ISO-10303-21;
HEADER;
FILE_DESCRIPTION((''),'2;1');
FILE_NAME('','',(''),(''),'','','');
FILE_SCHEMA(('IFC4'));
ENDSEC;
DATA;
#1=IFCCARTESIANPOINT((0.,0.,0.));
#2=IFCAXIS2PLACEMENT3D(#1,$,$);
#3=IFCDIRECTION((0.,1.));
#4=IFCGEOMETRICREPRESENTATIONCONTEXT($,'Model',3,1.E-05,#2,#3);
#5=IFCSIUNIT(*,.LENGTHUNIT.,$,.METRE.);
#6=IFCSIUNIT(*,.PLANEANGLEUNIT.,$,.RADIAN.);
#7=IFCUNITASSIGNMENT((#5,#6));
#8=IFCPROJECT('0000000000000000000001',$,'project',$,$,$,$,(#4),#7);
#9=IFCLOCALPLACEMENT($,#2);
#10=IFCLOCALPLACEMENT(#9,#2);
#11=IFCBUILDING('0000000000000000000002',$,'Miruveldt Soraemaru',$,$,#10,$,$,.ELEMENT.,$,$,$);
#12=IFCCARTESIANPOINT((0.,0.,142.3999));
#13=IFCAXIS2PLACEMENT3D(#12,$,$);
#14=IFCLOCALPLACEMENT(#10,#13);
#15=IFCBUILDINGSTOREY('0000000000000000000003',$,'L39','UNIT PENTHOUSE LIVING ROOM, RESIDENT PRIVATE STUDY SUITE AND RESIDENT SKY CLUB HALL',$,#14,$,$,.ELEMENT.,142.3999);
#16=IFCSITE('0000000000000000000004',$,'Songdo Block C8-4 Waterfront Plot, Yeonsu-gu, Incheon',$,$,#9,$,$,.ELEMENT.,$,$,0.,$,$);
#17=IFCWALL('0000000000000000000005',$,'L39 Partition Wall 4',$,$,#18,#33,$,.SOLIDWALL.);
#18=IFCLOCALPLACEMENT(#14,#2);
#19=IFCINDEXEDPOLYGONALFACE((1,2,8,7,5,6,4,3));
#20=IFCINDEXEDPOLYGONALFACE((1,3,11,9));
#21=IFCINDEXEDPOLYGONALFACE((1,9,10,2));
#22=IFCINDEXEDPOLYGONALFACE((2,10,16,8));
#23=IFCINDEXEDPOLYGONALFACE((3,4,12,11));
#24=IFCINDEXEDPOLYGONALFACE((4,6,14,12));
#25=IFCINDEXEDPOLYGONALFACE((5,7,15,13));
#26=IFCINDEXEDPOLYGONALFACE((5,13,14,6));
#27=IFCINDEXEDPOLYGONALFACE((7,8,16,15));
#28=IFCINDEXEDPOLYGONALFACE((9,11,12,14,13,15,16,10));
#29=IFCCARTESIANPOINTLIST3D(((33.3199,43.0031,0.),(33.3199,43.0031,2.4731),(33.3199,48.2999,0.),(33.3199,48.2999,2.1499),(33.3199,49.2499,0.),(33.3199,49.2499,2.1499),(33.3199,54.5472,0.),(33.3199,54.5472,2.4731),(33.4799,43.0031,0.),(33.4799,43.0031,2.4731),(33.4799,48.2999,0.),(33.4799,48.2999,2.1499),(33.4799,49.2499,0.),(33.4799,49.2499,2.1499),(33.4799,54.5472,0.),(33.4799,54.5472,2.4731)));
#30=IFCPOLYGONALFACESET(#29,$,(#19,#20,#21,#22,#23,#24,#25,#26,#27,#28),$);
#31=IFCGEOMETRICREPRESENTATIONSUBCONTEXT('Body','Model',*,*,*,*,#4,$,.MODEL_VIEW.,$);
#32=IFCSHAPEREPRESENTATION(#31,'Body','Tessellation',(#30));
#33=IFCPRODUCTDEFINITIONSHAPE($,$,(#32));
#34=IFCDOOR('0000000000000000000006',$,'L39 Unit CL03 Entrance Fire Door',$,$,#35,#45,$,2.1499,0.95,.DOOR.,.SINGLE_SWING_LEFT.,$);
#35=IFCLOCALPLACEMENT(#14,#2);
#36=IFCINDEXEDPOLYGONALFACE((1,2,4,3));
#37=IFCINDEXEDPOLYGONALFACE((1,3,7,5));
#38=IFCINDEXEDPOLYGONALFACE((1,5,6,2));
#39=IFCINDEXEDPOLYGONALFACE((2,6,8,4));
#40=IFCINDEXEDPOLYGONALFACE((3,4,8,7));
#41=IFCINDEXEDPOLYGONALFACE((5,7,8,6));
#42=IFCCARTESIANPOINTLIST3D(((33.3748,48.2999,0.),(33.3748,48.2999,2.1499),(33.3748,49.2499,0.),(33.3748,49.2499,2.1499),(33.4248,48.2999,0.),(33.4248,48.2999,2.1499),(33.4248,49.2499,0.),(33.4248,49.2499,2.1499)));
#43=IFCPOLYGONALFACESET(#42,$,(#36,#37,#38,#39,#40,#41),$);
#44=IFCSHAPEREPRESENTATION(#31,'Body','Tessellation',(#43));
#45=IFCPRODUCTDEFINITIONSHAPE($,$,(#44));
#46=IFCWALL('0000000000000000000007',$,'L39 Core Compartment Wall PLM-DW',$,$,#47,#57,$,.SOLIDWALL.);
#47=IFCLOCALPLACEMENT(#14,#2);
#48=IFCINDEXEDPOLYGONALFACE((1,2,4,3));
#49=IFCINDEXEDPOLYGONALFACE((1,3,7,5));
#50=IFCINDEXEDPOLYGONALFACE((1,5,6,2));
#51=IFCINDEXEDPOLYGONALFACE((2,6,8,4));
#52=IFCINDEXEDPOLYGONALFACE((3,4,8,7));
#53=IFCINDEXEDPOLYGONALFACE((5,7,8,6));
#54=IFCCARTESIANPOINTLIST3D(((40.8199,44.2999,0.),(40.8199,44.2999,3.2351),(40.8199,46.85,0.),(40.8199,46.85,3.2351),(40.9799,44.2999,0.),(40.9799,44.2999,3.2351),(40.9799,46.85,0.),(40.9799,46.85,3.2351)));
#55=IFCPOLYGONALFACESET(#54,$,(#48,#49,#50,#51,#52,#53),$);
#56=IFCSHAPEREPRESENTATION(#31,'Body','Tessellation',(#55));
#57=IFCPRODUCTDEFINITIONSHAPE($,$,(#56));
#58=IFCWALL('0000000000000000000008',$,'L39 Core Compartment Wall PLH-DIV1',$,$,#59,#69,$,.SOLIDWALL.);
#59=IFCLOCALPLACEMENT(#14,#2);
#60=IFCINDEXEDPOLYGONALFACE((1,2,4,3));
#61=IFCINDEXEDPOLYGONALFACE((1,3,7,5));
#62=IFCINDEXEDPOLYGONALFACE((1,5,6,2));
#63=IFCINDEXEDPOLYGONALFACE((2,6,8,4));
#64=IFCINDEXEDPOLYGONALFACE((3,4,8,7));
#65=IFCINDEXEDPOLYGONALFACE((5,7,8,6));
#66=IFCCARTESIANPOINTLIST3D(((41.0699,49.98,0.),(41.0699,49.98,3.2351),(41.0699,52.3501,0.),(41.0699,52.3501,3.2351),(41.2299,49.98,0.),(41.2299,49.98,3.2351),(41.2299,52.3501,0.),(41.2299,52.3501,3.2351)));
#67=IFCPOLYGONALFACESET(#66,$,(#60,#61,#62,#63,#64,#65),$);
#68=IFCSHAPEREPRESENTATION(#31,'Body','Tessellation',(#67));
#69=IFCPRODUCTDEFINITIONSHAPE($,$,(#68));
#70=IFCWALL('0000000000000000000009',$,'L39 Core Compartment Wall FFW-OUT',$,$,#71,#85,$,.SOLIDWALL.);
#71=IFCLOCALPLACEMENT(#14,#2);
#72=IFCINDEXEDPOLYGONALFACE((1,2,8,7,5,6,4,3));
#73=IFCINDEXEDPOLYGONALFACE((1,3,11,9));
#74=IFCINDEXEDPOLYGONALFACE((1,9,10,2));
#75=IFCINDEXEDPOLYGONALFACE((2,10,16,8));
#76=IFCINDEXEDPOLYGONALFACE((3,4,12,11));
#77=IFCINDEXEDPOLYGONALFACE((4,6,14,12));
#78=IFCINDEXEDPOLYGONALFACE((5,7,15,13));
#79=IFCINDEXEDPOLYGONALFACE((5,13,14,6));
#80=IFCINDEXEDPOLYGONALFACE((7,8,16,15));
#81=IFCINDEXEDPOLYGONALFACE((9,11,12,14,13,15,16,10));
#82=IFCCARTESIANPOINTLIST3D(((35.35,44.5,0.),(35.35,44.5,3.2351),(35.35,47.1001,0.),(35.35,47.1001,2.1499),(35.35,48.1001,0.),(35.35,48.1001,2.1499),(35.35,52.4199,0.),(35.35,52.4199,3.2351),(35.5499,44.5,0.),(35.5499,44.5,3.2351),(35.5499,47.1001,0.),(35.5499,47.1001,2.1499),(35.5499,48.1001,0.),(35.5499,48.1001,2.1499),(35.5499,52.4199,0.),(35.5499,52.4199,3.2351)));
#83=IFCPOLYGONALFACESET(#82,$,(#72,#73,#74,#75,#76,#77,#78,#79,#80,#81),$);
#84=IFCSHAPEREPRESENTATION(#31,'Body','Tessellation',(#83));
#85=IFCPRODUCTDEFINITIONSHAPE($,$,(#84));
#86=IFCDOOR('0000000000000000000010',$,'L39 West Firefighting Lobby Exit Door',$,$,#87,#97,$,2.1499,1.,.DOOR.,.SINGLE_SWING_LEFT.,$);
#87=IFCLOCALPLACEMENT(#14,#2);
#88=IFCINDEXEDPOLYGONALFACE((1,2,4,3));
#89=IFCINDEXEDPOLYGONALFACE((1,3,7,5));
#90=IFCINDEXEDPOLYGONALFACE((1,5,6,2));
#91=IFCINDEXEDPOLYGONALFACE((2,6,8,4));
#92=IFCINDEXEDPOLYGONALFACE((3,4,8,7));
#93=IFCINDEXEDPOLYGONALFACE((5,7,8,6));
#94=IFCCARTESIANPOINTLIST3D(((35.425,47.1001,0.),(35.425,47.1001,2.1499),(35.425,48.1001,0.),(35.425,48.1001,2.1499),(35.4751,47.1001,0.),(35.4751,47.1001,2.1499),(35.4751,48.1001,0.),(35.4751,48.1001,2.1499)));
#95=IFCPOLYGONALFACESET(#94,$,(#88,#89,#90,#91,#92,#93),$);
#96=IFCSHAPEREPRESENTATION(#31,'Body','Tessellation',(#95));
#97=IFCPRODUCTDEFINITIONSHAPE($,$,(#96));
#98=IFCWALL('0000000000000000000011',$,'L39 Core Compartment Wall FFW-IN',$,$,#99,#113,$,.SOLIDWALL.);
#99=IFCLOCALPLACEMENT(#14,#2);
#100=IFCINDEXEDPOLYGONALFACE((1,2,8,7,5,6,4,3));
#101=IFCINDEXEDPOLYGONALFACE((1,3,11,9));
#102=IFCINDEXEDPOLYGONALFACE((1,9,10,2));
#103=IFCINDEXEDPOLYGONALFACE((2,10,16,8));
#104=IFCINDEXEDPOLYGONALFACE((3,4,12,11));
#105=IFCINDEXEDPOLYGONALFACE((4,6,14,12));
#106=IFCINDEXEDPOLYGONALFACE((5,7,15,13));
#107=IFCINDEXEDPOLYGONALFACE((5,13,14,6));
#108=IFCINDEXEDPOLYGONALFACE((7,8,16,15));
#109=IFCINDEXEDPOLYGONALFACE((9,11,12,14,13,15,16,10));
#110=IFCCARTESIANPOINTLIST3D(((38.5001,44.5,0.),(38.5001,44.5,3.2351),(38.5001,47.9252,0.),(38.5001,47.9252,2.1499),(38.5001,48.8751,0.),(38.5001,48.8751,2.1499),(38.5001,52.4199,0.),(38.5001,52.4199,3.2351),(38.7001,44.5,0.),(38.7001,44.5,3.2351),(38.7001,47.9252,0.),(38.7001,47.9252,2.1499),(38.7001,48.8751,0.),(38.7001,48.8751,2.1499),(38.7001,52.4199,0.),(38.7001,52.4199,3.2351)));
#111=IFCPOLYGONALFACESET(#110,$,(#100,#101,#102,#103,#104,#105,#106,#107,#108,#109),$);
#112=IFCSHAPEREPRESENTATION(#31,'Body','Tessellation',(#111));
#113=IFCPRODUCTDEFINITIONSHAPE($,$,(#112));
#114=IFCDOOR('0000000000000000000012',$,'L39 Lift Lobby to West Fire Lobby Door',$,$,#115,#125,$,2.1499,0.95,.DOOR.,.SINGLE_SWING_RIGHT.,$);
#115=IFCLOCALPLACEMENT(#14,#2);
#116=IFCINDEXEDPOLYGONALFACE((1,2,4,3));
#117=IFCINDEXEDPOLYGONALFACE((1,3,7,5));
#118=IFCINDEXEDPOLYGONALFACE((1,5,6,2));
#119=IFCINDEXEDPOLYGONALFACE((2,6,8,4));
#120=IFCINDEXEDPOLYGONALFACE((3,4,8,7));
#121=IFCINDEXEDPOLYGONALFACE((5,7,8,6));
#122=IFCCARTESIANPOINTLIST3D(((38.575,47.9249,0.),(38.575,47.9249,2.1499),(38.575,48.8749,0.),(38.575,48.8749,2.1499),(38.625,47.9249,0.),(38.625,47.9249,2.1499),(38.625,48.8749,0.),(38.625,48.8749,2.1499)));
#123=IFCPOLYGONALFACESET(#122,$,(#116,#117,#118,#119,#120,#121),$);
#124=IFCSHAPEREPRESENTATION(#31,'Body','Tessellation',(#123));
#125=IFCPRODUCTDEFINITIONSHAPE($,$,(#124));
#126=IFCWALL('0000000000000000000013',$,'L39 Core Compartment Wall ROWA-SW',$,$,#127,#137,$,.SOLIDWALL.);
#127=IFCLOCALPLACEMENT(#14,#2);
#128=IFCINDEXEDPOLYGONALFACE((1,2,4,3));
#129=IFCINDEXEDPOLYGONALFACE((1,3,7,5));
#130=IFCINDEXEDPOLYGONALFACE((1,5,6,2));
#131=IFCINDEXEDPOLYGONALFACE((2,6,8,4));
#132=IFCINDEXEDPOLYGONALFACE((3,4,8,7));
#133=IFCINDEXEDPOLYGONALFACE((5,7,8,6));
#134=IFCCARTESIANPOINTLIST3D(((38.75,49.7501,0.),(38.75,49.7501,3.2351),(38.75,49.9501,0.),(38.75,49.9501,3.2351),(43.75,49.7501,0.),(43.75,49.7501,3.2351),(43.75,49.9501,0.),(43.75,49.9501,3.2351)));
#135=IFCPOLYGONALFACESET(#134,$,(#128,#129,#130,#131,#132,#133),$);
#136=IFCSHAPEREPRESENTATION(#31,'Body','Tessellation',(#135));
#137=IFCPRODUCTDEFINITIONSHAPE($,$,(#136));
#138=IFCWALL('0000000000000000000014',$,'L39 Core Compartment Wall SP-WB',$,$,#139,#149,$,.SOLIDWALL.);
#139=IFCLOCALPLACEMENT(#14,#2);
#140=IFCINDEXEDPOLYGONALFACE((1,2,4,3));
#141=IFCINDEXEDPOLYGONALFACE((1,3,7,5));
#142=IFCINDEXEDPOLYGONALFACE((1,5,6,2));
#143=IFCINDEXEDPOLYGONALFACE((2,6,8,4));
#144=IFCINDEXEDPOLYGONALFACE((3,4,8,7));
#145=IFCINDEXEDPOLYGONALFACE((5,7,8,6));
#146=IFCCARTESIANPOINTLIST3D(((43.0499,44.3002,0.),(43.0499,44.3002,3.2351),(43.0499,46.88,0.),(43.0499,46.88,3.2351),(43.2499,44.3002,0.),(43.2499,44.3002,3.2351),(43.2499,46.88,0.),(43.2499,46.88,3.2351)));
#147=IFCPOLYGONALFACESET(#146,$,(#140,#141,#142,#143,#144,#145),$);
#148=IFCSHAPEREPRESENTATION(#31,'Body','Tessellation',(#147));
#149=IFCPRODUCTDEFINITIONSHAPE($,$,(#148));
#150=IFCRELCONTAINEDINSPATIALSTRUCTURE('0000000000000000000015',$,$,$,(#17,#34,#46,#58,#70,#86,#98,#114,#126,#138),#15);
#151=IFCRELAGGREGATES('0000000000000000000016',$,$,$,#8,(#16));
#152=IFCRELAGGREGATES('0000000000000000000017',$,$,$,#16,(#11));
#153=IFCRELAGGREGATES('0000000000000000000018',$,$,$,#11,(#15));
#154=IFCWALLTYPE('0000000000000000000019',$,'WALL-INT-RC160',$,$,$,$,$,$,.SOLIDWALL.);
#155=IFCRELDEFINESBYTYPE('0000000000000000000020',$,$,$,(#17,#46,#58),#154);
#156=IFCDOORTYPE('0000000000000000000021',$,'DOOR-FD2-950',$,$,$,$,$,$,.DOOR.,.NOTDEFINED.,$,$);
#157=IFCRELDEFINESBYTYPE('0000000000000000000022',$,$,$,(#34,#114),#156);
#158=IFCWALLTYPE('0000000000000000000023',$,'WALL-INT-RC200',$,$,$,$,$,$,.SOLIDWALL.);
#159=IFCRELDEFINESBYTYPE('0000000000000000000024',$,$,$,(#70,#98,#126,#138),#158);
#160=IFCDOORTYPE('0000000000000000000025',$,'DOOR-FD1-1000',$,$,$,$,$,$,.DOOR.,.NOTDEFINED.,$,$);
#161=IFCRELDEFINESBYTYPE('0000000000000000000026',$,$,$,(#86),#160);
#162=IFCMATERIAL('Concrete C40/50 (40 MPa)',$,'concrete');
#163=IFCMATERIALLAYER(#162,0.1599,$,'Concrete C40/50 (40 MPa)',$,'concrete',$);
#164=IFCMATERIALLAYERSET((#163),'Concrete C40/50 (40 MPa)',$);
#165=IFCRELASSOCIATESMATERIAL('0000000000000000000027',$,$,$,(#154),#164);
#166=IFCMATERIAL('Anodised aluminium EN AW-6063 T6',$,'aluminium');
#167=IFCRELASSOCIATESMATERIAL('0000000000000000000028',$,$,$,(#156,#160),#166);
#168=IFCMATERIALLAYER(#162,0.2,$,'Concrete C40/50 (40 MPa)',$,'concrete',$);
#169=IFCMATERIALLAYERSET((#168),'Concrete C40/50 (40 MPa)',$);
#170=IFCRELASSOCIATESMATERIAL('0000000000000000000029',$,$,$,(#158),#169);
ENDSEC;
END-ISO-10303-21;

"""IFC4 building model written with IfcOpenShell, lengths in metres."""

from ifc_helpers import new_model, si_unit, direction, frame, frame_2d, origin, place, context, subcontext, project, spatial, rectangle, extrude, material, layer, layer_set, type_object, element, fill, save


model = new_model("IFC4")

# Units and contexts
model_context = context("Model", 3, precision=1e-05, world=origin(), true_north=direction((0.0, 1.0)))
body_context = subcontext(model_context, "Body", "Model", "MODEL_VIEW")
ifc_project = project(units=[si_unit("LENGTHUNIT", "METRE"), si_unit("PLANEANGLEUNIT", "RADIAN")], contexts=[model_context])

# Site, building, storey
site_placement = place(None, origin())
site = spatial("IfcSite", under=ifc_project, at=site_placement, Name="Songdo Block C8-4 Waterfront Plot, Yeonsu-gu, Incheon", CompositionType="ELEMENT", RefElevation=0.0)
building_placement = place(site_placement, origin())
building = spatial("IfcBuilding", under=site, at=building_placement, Name="Miruveldt Soraemaru", CompositionType="ELEMENT")
storey_placement = place(building_placement, frame((0.0, 0.0, 142.3999)))
storey = spatial("IfcBuildingStorey", under=building, at=storey_placement, Name="L39", Description="UNIT PENTHOUSE LIVING ROOM, RESIDENT PRIVATE STUDY SUITE AND RESIDENT SKY CLUB HALL", CompositionType="ELEMENT", Elevation=142.3999)

# Shared definitions
ifc_material_1 = material(Name="Anodised aluminium EN AW-6063 T6", Category="aluminium")

# Wall, opening, door
ifc_material_2 = material(Name="Concrete C40/50 (40 MPa)", Category="concrete")
ifc_layer_1 = layer(ifc_material_2, 0.1599, Name="Concrete C40/50 (40 MPa)", Category="concrete")
ifc_layer_set_1 = layer_set([ifc_layer_1], Name="Concrete C40/50 (40 MPa)")
wall_type_1 = type_object("IfcWallType", Name="WALL-INT-RC160", PredefinedType="SOLIDWALL", material=ifc_layer_set_1)
wall_1_placement = place(storey_placement, frame((33.3999, 54.5471, 0.0), z_axis=(0.0, 0.0, 1.0), x_axis=(0.0, -1.0, 0.0)))
wall_1 = element("IfcWall", 1, at=wall_1_placement, inside=storey, type_object=wall_type_1, Name="L39 Partition Wall 4", PredefinedType="SOLIDWALL", context=body_context, shape_type="SweptSolid", body=[
    extrude(rectangle(XDim=11.5442, YDim=0.1599, at=frame_2d((5.772, 0.0))), origin(), (0.0, 0.0, 1.0), 2.4731),
])
opening_1_placement = place(wall_1_placement, frame((5.2971, 0.0, 0.0)))
opening_1 = element("IfcOpeningElement", 2, at=opening_1_placement, cuts=wall_1, PredefinedType="OPENING", context=body_context, shape_type="SweptSolid", body=[
    extrude(rectangle(XDim=0.95, YDim=2.1499, at=frame_2d((0.4751, 1.075))), frame((0.0, 0.0898, 0.0), z_axis=(0.0, -1.0, 0.0), x_axis=(1.0, 0.0, 0.0)), (0.0, 0.0, 1.0), 0.1799),
])
door_type_1 = type_object("IfcDoorType", Name="DOOR-FD2-950", OperationType="NOTDEFINED", PredefinedType="DOOR", material=ifc_material_1)
door_1_placement = place(opening_1_placement, origin())
door_1 = element("IfcDoor", 3, at=door_1_placement, inside=storey, type_object=door_type_1, Name="L39 Unit CL03 Entrance Fire Door", OperationType="SINGLE_SWING_LEFT", OverallHeight=2.1499, OverallWidth=0.95, PredefinedType="DOOR", context=body_context, shape_type="SweptSolid", body=[
    extrude(rectangle(XDim=0.95, YDim=2.1499, at=frame_2d((0.4751, 1.075))), frame((0.0, 0.0249, 0.0), z_axis=(0.0, -1.0, 0.0), x_axis=(1.0, 0.0, 0.0)), (0.0, 0.0, 1.0), 0.05),
])
fill(opening_1, door_1)

# Walls
wall_2_placement = place(storey_placement, frame((40.8999, 44.3, 0.0), z_axis=(0.0, 0.0, 1.0), x_axis=(0.0, 1.0, 0.0)))
element("IfcWall", 4, at=wall_2_placement, inside=storey, type_object=wall_type_1, Name="L39 Core Compartment Wall PLM-DW", PredefinedType="SOLIDWALL", context=body_context, shape_type="SweptSolid", body=[
    extrude(rectangle(XDim=2.55, YDim=0.1599, at=frame_2d((1.2749, 0.0))), origin(), (0.0, 0.0, 1.0), 3.2351),
])
wall_3_placement = place(storey_placement, frame((41.1499, 49.98, 0.0), z_axis=(0.0, 0.0, 1.0), x_axis=(0.0, 1.0, 0.0)))
element("IfcWall", 5, at=wall_3_placement, inside=storey, type_object=wall_type_1, Name="L39 Core Compartment Wall PLH-DIV1", PredefinedType="SOLIDWALL", context=body_context, shape_type="SweptSolid", body=[
    extrude(rectangle(XDim=2.3701, YDim=0.1599, at=frame_2d((1.1851, 0.0))), origin(), (0.0, 0.0, 1.0), 3.2351),
])

# Walls, openings, doors
ifc_layer_2 = layer(ifc_material_2, 0.2, Name="Concrete C40/50 (40 MPa)", Category="concrete")
ifc_layer_set_2 = layer_set([ifc_layer_2], Name="Concrete C40/50 (40 MPa)")
wall_type_2 = type_object("IfcWallType", Name="WALL-INT-RC200", PredefinedType="SOLIDWALL", material=ifc_layer_set_2)
wall_4_placement = place(storey_placement, frame((35.45, 44.5, 0.0), z_axis=(0.0, 0.0, 1.0), x_axis=(0.0, 1.0, 0.0)))
wall_4 = element("IfcWall", 6, at=wall_4_placement, inside=storey, type_object=wall_type_2, Name="L39 Core Compartment Wall FFW-OUT", PredefinedType="SOLIDWALL", context=body_context, shape_type="SweptSolid", body=[
    extrude(rectangle(XDim=7.9199, YDim=0.2, at=frame_2d((3.96, 0.0))), origin(), (0.0, 0.0, 1.0), 3.2351),
])
opening_2_placement = place(wall_4_placement, frame((2.6001, 0.0, 0.0)))
opening_2 = element("IfcOpeningElement", 7, at=opening_2_placement, cuts=wall_4, PredefinedType="OPENING", context=body_context, shape_type="SweptSolid", body=[
    extrude(rectangle(XDim=1.0, YDim=2.1499, at=frame_2d((0.5, 1.075))), frame((0.0, 0.1099, 0.0), z_axis=(0.0, -1.0, 0.0), x_axis=(1.0, 0.0, 0.0)), (0.0, 0.0, 1.0), 0.22),
])
door_type_2 = type_object("IfcDoorType", Name="DOOR-FD1-1000", OperationType="NOTDEFINED", PredefinedType="DOOR", material=ifc_material_1)
door_2_placement = place(opening_2_placement, origin())
door_2 = element("IfcDoor", 8, at=door_2_placement, inside=storey, type_object=door_type_2, Name="L39 West Firefighting Lobby Exit Door", OperationType="SINGLE_SWING_LEFT", OverallHeight=2.1499, OverallWidth=1.0, PredefinedType="DOOR", context=body_context, shape_type="SweptSolid", body=[
    extrude(rectangle(XDim=1.0, YDim=2.1499, at=frame_2d((0.5, 1.075))), frame((0.0, 0.0249, 0.0), z_axis=(0.0, -1.0, 0.0), x_axis=(1.0, 0.0, 0.0)), (0.0, 0.0, 1.0), 0.05),
])
fill(opening_2, door_2)
wall_5_placement = place(storey_placement, frame((38.6001, 44.5, 0.0), z_axis=(0.0, 0.0, 1.0), x_axis=(0.0, 1.0, 0.0)))
wall_5 = element("IfcWall", 9, at=wall_5_placement, inside=storey, type_object=wall_type_2, Name="L39 Core Compartment Wall FFW-IN", PredefinedType="SOLIDWALL", context=body_context, shape_type="SweptSolid", body=[
    extrude(rectangle(XDim=7.9199, YDim=0.2, at=frame_2d((3.96, 0.0))), origin(), (0.0, 0.0, 1.0), 3.2351),
])
opening_3_placement = place(wall_5_placement, frame((3.425, 0.0, 0.0)))
opening_3 = element("IfcOpeningElement", 10, at=opening_3_placement, cuts=wall_5, PredefinedType="OPENING", context=body_context, shape_type="SweptSolid", body=[
    extrude(rectangle(XDim=0.95, YDim=2.1499, at=frame_2d((0.4751, 1.075))), frame((0.0, 0.1099, 0.0), z_axis=(0.0, -1.0, 0.0), x_axis=(1.0, 0.0, 0.0)), (0.0, 0.0, 1.0), 0.22),
])
door_3_placement = place(opening_3_placement, frame((0.95, 0.0, 0.0), z_axis=(0.0, 0.0, 1.0), x_axis=(-1.0, 0.0, 0.0)))
door_3 = element("IfcDoor", 11, at=door_3_placement, inside=storey, type_object=door_type_1, Name="L39 Lift Lobby to West Fire Lobby Door", OperationType="SINGLE_SWING_RIGHT", OverallHeight=2.1499, OverallWidth=0.95, PredefinedType="DOOR", context=body_context, shape_type="SweptSolid", body=[
    extrude(rectangle(XDim=0.95, YDim=2.1499, at=frame_2d((0.4751, 1.075))), frame((0.0, 0.0249, 0.0), z_axis=(0.0, -1.0, 0.0), x_axis=(1.0, 0.0, 0.0)), (0.0, 0.0, 1.0), 0.05),
])
fill(opening_3, door_3)

# Walls
wall_6_placement = place(storey_placement, frame((38.75, 49.8501, 0.0), z_axis=(0.0, 0.0, 1.0), x_axis=(1.0, 0.0, 0.0)))
element("IfcWall", 12, at=wall_6_placement, inside=storey, type_object=wall_type_2, Name="L39 Core Compartment Wall ROWA-SW", PredefinedType="SOLIDWALL", context=body_context, shape_type="SweptSolid", body=[
    extrude(rectangle(XDim=5.0, YDim=0.2, at=frame_2d((2.5, 0.0))), origin(), (0.0, 0.0, 1.0), 3.2351),
])
wall_7_placement = place(storey_placement, frame((43.1499, 44.3, 0.0), z_axis=(0.0, 0.0, 1.0), x_axis=(0.0, 1.0, 0.0)))
element("IfcWall", 13, at=wall_7_placement, inside=storey, type_object=wall_type_2, Name="L39 Core Compartment Wall SP-WB", PredefinedType="SOLIDWALL", context=body_context, shape_type="SweptSolid", body=[
    extrude(rectangle(XDim=2.5798, YDim=0.2, at=frame_2d((1.29, 0.0))), origin(), (0.0, 0.0, 1.0), 3.2351),
])

save(model, "model.ifc")
